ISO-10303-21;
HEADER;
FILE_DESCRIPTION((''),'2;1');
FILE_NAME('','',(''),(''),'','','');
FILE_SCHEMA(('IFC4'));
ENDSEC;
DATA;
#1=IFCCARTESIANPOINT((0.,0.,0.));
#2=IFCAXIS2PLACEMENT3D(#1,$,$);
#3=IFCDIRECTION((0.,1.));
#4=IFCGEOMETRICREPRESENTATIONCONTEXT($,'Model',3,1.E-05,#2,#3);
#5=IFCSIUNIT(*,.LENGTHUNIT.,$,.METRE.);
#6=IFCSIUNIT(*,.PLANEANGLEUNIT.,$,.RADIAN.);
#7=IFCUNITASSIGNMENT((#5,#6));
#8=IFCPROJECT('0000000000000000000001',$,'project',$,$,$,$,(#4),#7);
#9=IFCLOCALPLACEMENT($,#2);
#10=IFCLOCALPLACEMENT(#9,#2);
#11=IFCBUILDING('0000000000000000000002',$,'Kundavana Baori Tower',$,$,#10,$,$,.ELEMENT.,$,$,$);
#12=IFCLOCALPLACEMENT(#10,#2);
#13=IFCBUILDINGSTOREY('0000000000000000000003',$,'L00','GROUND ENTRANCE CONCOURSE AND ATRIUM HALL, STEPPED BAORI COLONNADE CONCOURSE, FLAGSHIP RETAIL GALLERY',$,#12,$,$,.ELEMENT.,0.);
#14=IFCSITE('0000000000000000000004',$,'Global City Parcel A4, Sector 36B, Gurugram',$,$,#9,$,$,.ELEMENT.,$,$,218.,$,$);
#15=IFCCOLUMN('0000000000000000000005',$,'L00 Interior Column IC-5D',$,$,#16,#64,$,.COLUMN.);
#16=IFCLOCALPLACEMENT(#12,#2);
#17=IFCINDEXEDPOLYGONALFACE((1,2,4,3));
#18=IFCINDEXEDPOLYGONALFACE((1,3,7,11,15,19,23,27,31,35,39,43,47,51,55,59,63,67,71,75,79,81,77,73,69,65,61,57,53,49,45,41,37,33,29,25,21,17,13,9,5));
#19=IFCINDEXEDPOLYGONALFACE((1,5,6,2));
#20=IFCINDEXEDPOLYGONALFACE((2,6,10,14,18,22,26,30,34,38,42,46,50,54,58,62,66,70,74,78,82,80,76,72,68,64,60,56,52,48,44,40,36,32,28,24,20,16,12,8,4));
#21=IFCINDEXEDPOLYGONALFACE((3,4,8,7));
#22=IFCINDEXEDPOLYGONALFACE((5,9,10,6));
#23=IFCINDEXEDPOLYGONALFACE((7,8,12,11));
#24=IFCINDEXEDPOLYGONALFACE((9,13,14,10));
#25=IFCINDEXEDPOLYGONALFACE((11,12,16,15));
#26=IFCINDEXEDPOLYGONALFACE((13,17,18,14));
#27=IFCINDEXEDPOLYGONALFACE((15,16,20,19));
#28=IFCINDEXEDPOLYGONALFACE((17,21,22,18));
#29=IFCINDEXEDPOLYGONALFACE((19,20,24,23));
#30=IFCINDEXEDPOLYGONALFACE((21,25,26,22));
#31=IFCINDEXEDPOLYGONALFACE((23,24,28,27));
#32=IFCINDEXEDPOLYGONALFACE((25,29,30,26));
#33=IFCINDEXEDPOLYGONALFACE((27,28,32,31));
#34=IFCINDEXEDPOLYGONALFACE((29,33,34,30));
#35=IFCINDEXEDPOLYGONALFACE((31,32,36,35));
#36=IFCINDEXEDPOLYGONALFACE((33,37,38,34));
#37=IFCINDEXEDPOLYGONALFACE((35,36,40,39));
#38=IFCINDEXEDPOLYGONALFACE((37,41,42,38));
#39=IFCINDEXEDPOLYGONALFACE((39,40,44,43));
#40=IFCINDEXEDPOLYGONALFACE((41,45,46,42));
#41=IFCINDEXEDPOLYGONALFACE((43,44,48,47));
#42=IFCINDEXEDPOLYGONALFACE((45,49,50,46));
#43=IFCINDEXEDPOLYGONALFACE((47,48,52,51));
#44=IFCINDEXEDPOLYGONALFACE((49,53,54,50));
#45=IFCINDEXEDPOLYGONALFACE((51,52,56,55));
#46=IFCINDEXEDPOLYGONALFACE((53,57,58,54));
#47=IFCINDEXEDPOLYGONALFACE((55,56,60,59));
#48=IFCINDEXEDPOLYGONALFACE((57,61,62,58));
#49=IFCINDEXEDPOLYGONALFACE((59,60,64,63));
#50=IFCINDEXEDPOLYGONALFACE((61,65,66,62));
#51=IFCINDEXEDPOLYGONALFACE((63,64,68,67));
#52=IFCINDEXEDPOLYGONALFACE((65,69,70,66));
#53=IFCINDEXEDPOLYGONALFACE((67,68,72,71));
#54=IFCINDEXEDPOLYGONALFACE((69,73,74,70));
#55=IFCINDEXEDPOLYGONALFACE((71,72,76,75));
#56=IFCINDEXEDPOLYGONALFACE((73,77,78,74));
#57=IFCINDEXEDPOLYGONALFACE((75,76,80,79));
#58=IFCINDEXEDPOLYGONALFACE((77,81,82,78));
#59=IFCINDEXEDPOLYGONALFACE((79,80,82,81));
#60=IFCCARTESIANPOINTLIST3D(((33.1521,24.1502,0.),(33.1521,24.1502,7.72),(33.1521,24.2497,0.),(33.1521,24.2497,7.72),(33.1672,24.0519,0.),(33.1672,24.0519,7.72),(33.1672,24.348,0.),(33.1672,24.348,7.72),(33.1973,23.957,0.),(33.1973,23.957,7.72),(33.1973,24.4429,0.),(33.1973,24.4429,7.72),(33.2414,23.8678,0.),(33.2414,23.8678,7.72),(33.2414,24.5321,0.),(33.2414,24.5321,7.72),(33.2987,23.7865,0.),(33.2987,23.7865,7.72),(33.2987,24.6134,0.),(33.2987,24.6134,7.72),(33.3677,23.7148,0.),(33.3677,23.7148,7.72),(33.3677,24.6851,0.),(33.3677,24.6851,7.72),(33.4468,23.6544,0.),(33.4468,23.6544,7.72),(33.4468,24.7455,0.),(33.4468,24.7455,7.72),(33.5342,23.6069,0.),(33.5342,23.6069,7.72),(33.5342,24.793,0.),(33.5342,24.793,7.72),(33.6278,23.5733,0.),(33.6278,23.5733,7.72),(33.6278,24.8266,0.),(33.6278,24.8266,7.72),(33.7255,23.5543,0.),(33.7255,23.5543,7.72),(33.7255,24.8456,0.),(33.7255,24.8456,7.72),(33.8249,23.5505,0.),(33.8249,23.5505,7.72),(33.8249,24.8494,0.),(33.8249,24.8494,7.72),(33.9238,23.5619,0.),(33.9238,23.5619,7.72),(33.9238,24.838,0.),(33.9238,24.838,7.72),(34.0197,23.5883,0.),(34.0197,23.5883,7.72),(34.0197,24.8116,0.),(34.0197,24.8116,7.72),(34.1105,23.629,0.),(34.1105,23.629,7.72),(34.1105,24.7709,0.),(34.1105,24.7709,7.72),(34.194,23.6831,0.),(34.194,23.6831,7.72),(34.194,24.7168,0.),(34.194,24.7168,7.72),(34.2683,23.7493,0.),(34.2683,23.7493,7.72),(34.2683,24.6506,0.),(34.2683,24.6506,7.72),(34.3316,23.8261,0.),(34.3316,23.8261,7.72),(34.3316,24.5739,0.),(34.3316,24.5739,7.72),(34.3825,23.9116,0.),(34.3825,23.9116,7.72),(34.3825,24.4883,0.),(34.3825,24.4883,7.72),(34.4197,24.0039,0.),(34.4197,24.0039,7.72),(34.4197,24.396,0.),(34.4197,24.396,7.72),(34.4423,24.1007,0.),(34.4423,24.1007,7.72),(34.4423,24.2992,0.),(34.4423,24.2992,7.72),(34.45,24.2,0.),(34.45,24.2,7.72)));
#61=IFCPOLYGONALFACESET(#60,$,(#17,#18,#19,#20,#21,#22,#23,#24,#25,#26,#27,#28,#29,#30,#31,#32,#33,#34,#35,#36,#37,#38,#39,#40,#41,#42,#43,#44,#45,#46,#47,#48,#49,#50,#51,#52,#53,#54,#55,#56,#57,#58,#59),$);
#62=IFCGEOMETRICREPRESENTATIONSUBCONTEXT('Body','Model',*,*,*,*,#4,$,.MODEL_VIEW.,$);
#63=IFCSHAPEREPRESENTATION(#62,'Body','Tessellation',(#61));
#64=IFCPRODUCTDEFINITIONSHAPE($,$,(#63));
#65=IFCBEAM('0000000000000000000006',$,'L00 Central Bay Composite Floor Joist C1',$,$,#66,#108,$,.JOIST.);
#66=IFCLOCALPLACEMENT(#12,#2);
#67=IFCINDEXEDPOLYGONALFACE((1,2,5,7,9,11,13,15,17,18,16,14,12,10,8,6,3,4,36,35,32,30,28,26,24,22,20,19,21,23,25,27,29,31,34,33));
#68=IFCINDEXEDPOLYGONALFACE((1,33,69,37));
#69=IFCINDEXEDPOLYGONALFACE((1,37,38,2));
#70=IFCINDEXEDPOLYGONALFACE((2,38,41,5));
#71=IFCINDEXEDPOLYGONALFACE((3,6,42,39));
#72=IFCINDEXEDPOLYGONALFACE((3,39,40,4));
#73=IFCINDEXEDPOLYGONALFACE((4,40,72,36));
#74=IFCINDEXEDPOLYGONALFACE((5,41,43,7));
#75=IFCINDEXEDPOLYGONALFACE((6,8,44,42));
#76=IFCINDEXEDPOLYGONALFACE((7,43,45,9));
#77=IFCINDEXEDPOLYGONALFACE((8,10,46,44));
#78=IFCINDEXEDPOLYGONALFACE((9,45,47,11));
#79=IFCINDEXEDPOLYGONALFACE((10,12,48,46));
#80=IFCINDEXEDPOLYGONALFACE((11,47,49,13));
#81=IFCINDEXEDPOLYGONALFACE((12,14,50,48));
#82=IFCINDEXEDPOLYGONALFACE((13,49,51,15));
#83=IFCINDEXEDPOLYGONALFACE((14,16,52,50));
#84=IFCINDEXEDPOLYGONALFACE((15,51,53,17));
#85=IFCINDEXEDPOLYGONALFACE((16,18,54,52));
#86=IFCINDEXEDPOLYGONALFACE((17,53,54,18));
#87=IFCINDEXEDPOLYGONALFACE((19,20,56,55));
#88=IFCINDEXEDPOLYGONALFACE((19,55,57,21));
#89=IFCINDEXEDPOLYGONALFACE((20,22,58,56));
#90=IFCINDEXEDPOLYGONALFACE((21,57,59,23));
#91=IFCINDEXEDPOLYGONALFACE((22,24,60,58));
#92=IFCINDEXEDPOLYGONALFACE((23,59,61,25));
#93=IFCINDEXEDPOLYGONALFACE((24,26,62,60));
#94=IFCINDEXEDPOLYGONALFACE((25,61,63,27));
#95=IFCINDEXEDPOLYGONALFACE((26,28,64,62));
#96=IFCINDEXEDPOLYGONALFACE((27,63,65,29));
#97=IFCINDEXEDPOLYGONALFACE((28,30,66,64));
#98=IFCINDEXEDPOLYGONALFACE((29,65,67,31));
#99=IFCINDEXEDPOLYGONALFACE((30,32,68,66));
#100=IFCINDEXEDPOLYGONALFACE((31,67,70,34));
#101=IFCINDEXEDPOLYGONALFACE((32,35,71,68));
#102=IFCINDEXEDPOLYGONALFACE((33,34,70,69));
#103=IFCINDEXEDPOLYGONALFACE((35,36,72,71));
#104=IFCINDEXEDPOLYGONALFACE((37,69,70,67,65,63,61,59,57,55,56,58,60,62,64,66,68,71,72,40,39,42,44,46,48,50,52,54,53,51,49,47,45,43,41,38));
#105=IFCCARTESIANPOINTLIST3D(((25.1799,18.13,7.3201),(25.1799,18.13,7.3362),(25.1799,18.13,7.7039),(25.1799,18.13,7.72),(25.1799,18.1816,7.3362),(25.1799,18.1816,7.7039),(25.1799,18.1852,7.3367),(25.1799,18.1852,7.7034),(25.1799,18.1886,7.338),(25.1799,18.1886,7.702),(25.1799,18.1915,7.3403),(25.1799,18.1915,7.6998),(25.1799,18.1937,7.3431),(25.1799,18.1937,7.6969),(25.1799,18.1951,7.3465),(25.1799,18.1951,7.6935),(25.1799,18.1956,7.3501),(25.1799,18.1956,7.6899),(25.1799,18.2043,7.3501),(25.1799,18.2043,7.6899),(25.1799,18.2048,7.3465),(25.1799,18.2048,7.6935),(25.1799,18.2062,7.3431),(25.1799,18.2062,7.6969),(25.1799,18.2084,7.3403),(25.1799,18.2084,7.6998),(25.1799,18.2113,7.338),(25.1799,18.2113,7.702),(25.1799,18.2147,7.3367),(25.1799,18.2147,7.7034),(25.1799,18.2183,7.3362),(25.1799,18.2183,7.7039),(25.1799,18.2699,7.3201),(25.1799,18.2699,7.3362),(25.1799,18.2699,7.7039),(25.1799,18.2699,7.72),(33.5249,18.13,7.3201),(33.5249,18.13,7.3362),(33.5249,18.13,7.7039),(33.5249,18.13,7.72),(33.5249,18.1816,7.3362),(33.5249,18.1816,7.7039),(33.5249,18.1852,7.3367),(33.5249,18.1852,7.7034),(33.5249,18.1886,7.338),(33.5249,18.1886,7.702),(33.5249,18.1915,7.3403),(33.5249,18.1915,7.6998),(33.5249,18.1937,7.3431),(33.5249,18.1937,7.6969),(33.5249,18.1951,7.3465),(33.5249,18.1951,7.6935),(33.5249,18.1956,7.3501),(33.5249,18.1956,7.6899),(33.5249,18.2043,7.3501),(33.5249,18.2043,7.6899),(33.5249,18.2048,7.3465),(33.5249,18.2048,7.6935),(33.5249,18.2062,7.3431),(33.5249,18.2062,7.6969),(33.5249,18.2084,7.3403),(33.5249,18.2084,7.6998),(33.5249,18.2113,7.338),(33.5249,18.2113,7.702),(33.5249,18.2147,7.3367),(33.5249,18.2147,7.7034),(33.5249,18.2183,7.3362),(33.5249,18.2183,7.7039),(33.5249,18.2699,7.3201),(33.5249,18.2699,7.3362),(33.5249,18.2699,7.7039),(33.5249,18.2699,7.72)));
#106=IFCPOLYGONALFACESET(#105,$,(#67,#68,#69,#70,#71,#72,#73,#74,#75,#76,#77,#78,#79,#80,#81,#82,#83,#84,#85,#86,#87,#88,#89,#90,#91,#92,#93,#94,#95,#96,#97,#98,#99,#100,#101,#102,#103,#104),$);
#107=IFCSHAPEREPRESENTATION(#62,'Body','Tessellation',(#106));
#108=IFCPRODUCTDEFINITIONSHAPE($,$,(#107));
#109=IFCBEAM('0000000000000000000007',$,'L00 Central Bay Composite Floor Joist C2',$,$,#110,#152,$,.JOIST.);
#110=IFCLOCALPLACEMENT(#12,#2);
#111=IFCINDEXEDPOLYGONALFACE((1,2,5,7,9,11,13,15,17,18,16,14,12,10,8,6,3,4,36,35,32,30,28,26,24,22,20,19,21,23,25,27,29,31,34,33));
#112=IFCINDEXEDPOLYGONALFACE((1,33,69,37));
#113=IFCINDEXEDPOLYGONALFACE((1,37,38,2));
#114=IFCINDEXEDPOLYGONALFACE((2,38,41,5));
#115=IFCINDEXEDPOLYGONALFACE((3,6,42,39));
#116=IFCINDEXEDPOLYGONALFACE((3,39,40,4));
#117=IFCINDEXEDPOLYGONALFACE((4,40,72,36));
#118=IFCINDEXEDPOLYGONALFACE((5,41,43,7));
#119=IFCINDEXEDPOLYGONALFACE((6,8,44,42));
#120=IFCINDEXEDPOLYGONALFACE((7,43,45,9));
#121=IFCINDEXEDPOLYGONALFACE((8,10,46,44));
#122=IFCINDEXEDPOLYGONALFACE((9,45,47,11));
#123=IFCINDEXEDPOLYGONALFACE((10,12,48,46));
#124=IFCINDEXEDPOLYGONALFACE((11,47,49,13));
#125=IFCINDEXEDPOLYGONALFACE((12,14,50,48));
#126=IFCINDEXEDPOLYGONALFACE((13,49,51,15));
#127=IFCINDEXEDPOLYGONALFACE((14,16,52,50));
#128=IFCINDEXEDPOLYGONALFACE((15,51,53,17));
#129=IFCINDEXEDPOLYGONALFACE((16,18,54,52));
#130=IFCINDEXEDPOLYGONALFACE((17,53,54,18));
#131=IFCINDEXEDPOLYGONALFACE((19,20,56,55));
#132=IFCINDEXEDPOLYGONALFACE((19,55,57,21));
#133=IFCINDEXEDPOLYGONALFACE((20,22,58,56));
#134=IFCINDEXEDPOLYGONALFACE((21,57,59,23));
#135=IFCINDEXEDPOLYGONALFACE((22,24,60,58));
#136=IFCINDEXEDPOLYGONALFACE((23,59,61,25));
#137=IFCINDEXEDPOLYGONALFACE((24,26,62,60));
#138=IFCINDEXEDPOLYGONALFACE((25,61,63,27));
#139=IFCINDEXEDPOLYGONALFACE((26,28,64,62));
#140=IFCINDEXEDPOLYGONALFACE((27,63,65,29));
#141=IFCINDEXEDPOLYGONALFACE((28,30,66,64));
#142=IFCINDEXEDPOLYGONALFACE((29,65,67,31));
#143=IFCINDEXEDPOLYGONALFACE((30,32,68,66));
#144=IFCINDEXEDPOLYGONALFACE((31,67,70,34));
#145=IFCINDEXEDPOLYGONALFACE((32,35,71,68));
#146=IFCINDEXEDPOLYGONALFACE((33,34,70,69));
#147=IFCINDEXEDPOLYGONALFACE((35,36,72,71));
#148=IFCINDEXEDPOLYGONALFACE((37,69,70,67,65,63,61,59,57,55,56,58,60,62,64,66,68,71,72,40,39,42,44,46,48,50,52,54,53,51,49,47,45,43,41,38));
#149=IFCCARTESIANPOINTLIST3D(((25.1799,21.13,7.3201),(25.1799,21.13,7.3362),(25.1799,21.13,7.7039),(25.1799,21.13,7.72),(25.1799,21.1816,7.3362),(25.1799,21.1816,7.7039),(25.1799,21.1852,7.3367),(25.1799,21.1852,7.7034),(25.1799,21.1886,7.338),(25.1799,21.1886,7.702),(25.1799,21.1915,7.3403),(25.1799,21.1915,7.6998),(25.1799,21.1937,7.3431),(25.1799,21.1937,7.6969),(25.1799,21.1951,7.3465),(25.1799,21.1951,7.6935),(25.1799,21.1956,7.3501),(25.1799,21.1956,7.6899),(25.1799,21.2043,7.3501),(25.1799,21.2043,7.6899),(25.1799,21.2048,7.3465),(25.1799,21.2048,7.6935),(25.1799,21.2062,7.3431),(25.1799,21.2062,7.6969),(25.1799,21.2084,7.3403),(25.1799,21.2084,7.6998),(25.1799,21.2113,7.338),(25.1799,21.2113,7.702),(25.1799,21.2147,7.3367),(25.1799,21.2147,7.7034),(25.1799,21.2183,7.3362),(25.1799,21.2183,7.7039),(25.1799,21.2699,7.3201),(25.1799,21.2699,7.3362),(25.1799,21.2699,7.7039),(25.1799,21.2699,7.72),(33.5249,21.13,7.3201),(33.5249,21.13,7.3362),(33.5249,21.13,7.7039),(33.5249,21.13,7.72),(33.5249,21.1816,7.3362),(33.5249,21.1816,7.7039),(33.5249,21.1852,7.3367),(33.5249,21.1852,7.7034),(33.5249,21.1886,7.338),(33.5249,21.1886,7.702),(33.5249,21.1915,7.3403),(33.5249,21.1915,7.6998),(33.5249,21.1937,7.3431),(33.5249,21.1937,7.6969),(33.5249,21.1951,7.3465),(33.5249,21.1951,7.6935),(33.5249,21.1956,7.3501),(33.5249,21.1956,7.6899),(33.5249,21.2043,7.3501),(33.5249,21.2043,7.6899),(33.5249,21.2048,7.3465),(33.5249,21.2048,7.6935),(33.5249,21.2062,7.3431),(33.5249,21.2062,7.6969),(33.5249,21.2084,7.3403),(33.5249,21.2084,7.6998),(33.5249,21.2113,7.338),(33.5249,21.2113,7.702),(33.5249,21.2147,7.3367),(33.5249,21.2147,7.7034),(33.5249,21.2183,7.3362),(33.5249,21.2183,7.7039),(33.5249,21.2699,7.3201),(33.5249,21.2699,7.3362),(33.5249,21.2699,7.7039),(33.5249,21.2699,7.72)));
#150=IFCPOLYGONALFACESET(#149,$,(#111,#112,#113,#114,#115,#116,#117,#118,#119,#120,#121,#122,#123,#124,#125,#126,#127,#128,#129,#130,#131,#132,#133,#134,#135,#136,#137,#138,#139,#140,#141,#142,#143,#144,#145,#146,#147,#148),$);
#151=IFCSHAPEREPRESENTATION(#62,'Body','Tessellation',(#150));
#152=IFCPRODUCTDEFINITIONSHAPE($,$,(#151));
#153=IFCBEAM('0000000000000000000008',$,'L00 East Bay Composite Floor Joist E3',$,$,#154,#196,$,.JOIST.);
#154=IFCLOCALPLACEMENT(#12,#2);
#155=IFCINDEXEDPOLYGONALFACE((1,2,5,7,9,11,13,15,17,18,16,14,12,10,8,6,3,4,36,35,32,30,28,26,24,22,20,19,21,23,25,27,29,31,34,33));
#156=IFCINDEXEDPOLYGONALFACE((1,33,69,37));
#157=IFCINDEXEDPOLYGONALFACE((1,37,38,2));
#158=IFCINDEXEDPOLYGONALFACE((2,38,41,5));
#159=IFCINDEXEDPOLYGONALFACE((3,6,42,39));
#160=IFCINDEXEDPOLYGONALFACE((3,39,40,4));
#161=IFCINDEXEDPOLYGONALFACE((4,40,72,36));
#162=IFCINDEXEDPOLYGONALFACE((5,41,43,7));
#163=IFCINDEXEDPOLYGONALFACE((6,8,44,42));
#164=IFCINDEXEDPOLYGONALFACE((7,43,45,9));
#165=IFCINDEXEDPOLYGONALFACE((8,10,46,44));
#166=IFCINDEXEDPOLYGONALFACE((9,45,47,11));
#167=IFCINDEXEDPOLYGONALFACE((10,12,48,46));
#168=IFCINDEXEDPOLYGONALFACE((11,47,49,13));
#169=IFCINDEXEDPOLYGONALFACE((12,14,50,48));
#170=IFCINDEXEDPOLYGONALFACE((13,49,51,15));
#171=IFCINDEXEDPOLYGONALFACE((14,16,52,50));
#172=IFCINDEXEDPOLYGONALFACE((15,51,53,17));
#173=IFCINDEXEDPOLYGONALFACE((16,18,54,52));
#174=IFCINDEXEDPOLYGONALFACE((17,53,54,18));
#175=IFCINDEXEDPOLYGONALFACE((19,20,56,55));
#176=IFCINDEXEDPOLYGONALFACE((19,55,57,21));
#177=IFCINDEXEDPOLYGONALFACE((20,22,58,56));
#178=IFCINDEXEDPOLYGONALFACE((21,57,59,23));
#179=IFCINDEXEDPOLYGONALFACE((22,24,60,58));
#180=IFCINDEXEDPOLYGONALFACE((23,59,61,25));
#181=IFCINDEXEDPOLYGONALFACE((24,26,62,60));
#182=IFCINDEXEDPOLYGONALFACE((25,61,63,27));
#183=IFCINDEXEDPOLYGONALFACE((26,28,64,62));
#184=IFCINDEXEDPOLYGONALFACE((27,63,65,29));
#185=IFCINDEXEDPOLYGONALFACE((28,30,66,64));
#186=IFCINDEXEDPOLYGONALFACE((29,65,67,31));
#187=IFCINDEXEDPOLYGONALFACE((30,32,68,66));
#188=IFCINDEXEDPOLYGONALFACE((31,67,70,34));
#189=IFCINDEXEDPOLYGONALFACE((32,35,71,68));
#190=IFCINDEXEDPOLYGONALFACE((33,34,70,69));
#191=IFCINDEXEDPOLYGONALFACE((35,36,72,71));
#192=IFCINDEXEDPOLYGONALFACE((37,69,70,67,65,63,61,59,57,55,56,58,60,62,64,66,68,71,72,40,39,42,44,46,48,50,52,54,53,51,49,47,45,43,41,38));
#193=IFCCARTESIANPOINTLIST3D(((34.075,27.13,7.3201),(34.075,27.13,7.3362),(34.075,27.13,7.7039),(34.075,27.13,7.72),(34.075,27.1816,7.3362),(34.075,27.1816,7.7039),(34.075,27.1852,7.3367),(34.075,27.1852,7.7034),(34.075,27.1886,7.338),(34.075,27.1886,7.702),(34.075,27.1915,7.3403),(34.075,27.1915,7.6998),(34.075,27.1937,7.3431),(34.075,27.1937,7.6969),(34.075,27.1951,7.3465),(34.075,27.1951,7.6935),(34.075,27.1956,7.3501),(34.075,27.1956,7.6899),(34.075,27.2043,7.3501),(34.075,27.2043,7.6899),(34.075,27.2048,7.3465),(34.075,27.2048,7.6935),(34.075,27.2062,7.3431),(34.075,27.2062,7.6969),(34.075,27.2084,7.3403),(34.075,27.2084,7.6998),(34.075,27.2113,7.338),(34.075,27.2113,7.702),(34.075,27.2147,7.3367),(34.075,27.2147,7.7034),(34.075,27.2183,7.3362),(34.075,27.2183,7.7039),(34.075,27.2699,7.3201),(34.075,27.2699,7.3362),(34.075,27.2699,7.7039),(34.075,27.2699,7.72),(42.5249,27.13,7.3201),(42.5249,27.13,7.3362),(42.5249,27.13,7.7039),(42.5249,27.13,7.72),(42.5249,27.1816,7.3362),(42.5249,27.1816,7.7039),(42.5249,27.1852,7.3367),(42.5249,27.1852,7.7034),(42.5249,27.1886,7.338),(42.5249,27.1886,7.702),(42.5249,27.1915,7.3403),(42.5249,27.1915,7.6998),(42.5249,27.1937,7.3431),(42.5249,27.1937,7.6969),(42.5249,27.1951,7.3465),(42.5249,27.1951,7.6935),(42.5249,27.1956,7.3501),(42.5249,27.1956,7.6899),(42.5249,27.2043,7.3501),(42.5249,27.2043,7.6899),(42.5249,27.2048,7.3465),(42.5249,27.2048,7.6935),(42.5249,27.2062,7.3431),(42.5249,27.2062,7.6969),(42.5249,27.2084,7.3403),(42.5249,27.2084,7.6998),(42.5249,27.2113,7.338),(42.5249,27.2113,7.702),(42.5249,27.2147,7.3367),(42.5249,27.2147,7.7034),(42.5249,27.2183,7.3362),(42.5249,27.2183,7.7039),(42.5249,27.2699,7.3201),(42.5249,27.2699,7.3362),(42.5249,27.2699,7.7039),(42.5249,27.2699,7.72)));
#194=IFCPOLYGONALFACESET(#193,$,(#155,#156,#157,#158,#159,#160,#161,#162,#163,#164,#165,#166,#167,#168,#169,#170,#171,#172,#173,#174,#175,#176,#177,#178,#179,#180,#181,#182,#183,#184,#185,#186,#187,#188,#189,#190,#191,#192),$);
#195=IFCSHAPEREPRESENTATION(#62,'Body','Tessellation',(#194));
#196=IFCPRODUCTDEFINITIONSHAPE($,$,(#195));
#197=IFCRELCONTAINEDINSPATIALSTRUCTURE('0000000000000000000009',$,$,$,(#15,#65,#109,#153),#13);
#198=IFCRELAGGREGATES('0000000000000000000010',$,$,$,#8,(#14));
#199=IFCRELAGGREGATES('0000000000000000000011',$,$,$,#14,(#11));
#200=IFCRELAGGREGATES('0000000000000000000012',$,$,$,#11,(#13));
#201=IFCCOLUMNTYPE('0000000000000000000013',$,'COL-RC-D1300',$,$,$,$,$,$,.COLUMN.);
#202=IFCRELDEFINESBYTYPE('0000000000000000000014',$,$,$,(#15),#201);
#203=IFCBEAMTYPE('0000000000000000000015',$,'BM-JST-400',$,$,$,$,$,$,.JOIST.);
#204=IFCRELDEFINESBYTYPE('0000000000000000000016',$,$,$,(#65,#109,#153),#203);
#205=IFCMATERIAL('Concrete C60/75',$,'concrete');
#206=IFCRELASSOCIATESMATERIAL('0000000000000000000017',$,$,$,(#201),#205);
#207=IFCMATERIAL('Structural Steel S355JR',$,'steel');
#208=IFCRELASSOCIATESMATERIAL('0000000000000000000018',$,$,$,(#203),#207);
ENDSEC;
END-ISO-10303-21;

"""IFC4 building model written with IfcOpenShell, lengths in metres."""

from ifc_helpers import new_model, si_unit, direction, frame, origin, origin_2d, place, context, subcontext, project, spatial, circle, i_section, extrude, material, material_profile, profile_set, type_object, element, save


model = new_model("IFC4")

# Units and contexts
model_context = context("Model", 3, precision=1e-05, world=origin(), true_north=direction((0.0, 1.0)))
body_context = subcontext(model_context, "Body", "Model", "MODEL_VIEW")
ifc_project = project(units=[si_unit("LENGTHUNIT", "METRE"), si_unit("PLANEANGLEUNIT", "RADIAN")], contexts=[model_context])

# Site, building, storey
site_placement = place(None, origin())
site = spatial("IfcSite", under=ifc_project, at=site_placement, Name="Global City Parcel A4, Sector 36B, Gurugram", CompositionType="ELEMENT", RefElevation=218.0)
building_placement = place(site_placement, origin())
building = spatial("IfcBuilding", under=site, at=building_placement, Name="Kundavana Baori Tower", CompositionType="ELEMENT")
storey_placement = place(building_placement, origin())
storey = spatial("IfcBuildingStorey", under=building, at=storey_placement, Name="L00", Description="GROUND ENTRANCE CONCOURSE AND ATRIUM HALL, STEPPED BAORI COLONNADE CONCOURSE, FLAGSHIP RETAIL GALLERY", CompositionType="ELEMENT", Elevation=0.0)

# Column
ifc_material_1 = material(Name="Concrete C60/75", Category="concrete")
ifc_material_profile_1 = material_profile(ifc_material_1, circle(Radius=0.6499, at=origin_2d()), Name="RC D1300")
ifc_profile_set_1 = profile_set([ifc_material_profile_1], Name="Concrete C60/75")
column_type = type_object("IfcColumnType", Name="COL-RC-D1300", PredefinedType="COLUMN", material=ifc_profile_set_1)
column_placement = place(storey_placement, frame((33.8, 24.2, 0.0), z_axis=(0.0, 0.0, 1.0), x_axis=(1.0, 0.0, 0.0)))
element("IfcColumn", 1, at=column_placement, inside=storey, type_object=column_type, Name="L00 Interior Column IC-5D", PredefinedType="COLUMN", context=body_context, shape_type="SweptSolid", body=[
    extrude(circle(Radius=0.6499, at=origin_2d()), origin(), (0.0, 0.0, 1.0), 7.72),
])

# Beams
ifc_material_2 = material(Name="Structural Steel S355JR", Category="steel")
ifc_material_profile_2 = material_profile(ifc_material_2, i_section(OverallWidth=0.1399, OverallDepth=0.3999, WebThickness=0.0088, FlangeThickness=0.0161, FilletRadius=0.0139, at=origin_2d()), Name="ISMB 400")
ifc_profile_set_2 = profile_set([ifc_material_profile_2], Name="Structural Steel S355JR")
beam_type_1 = type_object("IfcBeamType", Name="BM-JST-400", PredefinedType="JOIST", material=ifc_profile_set_2)
for number, where, z_axis, x_axis, name in (
    (2, (25.1799, 18.2, 7.52), (1.0, 0.0, 0.0), (0.0, 1.0, 0.0), "L00 Central Bay Composite Floor Joist C1"),
    (3, (25.1799, 21.2, 7.52), (1.0, 0.0, 0.0), (0.0, 1.0, 0.0), "L00 Central Bay Composite Floor Joist C2"),
):
    element("IfcBeam", number, at=place(storey_placement, frame(where, z_axis=z_axis, x_axis=x_axis)), inside=storey, type_object=beam_type_1, Name=name, PredefinedType="JOIST", context=body_context, shape_type="SweptSolid", body=[
        extrude(i_section(OverallWidth=0.1399, OverallDepth=0.3999, WebThickness=0.0088, FlangeThickness=0.0161, FilletRadius=0.0139, at=origin_2d()), origin(), (0.0, 0.0, 1.0), 8.345),
    ])
beam_1_placement = place(storey_placement, frame((34.075, 27.2, 7.52), z_axis=(1.0, 0.0, 0.0), x_axis=(0.0, 1.0, 0.0)))
element("IfcBeam", 4, at=beam_1_placement, inside=storey, type_object=beam_type_1, Name="L00 East Bay Composite Floor Joist E3", PredefinedType="JOIST", context=body_context, shape_type="SweptSolid", body=[
    extrude(i_section(OverallWidth=0.1399, OverallDepth=0.3999, WebThickness=0.0088, FlangeThickness=0.0161, FilletRadius=0.0139, at=origin_2d()), origin(), (0.0, 0.0, 1.0), 8.45),
])

save(model, "model.ifc")
